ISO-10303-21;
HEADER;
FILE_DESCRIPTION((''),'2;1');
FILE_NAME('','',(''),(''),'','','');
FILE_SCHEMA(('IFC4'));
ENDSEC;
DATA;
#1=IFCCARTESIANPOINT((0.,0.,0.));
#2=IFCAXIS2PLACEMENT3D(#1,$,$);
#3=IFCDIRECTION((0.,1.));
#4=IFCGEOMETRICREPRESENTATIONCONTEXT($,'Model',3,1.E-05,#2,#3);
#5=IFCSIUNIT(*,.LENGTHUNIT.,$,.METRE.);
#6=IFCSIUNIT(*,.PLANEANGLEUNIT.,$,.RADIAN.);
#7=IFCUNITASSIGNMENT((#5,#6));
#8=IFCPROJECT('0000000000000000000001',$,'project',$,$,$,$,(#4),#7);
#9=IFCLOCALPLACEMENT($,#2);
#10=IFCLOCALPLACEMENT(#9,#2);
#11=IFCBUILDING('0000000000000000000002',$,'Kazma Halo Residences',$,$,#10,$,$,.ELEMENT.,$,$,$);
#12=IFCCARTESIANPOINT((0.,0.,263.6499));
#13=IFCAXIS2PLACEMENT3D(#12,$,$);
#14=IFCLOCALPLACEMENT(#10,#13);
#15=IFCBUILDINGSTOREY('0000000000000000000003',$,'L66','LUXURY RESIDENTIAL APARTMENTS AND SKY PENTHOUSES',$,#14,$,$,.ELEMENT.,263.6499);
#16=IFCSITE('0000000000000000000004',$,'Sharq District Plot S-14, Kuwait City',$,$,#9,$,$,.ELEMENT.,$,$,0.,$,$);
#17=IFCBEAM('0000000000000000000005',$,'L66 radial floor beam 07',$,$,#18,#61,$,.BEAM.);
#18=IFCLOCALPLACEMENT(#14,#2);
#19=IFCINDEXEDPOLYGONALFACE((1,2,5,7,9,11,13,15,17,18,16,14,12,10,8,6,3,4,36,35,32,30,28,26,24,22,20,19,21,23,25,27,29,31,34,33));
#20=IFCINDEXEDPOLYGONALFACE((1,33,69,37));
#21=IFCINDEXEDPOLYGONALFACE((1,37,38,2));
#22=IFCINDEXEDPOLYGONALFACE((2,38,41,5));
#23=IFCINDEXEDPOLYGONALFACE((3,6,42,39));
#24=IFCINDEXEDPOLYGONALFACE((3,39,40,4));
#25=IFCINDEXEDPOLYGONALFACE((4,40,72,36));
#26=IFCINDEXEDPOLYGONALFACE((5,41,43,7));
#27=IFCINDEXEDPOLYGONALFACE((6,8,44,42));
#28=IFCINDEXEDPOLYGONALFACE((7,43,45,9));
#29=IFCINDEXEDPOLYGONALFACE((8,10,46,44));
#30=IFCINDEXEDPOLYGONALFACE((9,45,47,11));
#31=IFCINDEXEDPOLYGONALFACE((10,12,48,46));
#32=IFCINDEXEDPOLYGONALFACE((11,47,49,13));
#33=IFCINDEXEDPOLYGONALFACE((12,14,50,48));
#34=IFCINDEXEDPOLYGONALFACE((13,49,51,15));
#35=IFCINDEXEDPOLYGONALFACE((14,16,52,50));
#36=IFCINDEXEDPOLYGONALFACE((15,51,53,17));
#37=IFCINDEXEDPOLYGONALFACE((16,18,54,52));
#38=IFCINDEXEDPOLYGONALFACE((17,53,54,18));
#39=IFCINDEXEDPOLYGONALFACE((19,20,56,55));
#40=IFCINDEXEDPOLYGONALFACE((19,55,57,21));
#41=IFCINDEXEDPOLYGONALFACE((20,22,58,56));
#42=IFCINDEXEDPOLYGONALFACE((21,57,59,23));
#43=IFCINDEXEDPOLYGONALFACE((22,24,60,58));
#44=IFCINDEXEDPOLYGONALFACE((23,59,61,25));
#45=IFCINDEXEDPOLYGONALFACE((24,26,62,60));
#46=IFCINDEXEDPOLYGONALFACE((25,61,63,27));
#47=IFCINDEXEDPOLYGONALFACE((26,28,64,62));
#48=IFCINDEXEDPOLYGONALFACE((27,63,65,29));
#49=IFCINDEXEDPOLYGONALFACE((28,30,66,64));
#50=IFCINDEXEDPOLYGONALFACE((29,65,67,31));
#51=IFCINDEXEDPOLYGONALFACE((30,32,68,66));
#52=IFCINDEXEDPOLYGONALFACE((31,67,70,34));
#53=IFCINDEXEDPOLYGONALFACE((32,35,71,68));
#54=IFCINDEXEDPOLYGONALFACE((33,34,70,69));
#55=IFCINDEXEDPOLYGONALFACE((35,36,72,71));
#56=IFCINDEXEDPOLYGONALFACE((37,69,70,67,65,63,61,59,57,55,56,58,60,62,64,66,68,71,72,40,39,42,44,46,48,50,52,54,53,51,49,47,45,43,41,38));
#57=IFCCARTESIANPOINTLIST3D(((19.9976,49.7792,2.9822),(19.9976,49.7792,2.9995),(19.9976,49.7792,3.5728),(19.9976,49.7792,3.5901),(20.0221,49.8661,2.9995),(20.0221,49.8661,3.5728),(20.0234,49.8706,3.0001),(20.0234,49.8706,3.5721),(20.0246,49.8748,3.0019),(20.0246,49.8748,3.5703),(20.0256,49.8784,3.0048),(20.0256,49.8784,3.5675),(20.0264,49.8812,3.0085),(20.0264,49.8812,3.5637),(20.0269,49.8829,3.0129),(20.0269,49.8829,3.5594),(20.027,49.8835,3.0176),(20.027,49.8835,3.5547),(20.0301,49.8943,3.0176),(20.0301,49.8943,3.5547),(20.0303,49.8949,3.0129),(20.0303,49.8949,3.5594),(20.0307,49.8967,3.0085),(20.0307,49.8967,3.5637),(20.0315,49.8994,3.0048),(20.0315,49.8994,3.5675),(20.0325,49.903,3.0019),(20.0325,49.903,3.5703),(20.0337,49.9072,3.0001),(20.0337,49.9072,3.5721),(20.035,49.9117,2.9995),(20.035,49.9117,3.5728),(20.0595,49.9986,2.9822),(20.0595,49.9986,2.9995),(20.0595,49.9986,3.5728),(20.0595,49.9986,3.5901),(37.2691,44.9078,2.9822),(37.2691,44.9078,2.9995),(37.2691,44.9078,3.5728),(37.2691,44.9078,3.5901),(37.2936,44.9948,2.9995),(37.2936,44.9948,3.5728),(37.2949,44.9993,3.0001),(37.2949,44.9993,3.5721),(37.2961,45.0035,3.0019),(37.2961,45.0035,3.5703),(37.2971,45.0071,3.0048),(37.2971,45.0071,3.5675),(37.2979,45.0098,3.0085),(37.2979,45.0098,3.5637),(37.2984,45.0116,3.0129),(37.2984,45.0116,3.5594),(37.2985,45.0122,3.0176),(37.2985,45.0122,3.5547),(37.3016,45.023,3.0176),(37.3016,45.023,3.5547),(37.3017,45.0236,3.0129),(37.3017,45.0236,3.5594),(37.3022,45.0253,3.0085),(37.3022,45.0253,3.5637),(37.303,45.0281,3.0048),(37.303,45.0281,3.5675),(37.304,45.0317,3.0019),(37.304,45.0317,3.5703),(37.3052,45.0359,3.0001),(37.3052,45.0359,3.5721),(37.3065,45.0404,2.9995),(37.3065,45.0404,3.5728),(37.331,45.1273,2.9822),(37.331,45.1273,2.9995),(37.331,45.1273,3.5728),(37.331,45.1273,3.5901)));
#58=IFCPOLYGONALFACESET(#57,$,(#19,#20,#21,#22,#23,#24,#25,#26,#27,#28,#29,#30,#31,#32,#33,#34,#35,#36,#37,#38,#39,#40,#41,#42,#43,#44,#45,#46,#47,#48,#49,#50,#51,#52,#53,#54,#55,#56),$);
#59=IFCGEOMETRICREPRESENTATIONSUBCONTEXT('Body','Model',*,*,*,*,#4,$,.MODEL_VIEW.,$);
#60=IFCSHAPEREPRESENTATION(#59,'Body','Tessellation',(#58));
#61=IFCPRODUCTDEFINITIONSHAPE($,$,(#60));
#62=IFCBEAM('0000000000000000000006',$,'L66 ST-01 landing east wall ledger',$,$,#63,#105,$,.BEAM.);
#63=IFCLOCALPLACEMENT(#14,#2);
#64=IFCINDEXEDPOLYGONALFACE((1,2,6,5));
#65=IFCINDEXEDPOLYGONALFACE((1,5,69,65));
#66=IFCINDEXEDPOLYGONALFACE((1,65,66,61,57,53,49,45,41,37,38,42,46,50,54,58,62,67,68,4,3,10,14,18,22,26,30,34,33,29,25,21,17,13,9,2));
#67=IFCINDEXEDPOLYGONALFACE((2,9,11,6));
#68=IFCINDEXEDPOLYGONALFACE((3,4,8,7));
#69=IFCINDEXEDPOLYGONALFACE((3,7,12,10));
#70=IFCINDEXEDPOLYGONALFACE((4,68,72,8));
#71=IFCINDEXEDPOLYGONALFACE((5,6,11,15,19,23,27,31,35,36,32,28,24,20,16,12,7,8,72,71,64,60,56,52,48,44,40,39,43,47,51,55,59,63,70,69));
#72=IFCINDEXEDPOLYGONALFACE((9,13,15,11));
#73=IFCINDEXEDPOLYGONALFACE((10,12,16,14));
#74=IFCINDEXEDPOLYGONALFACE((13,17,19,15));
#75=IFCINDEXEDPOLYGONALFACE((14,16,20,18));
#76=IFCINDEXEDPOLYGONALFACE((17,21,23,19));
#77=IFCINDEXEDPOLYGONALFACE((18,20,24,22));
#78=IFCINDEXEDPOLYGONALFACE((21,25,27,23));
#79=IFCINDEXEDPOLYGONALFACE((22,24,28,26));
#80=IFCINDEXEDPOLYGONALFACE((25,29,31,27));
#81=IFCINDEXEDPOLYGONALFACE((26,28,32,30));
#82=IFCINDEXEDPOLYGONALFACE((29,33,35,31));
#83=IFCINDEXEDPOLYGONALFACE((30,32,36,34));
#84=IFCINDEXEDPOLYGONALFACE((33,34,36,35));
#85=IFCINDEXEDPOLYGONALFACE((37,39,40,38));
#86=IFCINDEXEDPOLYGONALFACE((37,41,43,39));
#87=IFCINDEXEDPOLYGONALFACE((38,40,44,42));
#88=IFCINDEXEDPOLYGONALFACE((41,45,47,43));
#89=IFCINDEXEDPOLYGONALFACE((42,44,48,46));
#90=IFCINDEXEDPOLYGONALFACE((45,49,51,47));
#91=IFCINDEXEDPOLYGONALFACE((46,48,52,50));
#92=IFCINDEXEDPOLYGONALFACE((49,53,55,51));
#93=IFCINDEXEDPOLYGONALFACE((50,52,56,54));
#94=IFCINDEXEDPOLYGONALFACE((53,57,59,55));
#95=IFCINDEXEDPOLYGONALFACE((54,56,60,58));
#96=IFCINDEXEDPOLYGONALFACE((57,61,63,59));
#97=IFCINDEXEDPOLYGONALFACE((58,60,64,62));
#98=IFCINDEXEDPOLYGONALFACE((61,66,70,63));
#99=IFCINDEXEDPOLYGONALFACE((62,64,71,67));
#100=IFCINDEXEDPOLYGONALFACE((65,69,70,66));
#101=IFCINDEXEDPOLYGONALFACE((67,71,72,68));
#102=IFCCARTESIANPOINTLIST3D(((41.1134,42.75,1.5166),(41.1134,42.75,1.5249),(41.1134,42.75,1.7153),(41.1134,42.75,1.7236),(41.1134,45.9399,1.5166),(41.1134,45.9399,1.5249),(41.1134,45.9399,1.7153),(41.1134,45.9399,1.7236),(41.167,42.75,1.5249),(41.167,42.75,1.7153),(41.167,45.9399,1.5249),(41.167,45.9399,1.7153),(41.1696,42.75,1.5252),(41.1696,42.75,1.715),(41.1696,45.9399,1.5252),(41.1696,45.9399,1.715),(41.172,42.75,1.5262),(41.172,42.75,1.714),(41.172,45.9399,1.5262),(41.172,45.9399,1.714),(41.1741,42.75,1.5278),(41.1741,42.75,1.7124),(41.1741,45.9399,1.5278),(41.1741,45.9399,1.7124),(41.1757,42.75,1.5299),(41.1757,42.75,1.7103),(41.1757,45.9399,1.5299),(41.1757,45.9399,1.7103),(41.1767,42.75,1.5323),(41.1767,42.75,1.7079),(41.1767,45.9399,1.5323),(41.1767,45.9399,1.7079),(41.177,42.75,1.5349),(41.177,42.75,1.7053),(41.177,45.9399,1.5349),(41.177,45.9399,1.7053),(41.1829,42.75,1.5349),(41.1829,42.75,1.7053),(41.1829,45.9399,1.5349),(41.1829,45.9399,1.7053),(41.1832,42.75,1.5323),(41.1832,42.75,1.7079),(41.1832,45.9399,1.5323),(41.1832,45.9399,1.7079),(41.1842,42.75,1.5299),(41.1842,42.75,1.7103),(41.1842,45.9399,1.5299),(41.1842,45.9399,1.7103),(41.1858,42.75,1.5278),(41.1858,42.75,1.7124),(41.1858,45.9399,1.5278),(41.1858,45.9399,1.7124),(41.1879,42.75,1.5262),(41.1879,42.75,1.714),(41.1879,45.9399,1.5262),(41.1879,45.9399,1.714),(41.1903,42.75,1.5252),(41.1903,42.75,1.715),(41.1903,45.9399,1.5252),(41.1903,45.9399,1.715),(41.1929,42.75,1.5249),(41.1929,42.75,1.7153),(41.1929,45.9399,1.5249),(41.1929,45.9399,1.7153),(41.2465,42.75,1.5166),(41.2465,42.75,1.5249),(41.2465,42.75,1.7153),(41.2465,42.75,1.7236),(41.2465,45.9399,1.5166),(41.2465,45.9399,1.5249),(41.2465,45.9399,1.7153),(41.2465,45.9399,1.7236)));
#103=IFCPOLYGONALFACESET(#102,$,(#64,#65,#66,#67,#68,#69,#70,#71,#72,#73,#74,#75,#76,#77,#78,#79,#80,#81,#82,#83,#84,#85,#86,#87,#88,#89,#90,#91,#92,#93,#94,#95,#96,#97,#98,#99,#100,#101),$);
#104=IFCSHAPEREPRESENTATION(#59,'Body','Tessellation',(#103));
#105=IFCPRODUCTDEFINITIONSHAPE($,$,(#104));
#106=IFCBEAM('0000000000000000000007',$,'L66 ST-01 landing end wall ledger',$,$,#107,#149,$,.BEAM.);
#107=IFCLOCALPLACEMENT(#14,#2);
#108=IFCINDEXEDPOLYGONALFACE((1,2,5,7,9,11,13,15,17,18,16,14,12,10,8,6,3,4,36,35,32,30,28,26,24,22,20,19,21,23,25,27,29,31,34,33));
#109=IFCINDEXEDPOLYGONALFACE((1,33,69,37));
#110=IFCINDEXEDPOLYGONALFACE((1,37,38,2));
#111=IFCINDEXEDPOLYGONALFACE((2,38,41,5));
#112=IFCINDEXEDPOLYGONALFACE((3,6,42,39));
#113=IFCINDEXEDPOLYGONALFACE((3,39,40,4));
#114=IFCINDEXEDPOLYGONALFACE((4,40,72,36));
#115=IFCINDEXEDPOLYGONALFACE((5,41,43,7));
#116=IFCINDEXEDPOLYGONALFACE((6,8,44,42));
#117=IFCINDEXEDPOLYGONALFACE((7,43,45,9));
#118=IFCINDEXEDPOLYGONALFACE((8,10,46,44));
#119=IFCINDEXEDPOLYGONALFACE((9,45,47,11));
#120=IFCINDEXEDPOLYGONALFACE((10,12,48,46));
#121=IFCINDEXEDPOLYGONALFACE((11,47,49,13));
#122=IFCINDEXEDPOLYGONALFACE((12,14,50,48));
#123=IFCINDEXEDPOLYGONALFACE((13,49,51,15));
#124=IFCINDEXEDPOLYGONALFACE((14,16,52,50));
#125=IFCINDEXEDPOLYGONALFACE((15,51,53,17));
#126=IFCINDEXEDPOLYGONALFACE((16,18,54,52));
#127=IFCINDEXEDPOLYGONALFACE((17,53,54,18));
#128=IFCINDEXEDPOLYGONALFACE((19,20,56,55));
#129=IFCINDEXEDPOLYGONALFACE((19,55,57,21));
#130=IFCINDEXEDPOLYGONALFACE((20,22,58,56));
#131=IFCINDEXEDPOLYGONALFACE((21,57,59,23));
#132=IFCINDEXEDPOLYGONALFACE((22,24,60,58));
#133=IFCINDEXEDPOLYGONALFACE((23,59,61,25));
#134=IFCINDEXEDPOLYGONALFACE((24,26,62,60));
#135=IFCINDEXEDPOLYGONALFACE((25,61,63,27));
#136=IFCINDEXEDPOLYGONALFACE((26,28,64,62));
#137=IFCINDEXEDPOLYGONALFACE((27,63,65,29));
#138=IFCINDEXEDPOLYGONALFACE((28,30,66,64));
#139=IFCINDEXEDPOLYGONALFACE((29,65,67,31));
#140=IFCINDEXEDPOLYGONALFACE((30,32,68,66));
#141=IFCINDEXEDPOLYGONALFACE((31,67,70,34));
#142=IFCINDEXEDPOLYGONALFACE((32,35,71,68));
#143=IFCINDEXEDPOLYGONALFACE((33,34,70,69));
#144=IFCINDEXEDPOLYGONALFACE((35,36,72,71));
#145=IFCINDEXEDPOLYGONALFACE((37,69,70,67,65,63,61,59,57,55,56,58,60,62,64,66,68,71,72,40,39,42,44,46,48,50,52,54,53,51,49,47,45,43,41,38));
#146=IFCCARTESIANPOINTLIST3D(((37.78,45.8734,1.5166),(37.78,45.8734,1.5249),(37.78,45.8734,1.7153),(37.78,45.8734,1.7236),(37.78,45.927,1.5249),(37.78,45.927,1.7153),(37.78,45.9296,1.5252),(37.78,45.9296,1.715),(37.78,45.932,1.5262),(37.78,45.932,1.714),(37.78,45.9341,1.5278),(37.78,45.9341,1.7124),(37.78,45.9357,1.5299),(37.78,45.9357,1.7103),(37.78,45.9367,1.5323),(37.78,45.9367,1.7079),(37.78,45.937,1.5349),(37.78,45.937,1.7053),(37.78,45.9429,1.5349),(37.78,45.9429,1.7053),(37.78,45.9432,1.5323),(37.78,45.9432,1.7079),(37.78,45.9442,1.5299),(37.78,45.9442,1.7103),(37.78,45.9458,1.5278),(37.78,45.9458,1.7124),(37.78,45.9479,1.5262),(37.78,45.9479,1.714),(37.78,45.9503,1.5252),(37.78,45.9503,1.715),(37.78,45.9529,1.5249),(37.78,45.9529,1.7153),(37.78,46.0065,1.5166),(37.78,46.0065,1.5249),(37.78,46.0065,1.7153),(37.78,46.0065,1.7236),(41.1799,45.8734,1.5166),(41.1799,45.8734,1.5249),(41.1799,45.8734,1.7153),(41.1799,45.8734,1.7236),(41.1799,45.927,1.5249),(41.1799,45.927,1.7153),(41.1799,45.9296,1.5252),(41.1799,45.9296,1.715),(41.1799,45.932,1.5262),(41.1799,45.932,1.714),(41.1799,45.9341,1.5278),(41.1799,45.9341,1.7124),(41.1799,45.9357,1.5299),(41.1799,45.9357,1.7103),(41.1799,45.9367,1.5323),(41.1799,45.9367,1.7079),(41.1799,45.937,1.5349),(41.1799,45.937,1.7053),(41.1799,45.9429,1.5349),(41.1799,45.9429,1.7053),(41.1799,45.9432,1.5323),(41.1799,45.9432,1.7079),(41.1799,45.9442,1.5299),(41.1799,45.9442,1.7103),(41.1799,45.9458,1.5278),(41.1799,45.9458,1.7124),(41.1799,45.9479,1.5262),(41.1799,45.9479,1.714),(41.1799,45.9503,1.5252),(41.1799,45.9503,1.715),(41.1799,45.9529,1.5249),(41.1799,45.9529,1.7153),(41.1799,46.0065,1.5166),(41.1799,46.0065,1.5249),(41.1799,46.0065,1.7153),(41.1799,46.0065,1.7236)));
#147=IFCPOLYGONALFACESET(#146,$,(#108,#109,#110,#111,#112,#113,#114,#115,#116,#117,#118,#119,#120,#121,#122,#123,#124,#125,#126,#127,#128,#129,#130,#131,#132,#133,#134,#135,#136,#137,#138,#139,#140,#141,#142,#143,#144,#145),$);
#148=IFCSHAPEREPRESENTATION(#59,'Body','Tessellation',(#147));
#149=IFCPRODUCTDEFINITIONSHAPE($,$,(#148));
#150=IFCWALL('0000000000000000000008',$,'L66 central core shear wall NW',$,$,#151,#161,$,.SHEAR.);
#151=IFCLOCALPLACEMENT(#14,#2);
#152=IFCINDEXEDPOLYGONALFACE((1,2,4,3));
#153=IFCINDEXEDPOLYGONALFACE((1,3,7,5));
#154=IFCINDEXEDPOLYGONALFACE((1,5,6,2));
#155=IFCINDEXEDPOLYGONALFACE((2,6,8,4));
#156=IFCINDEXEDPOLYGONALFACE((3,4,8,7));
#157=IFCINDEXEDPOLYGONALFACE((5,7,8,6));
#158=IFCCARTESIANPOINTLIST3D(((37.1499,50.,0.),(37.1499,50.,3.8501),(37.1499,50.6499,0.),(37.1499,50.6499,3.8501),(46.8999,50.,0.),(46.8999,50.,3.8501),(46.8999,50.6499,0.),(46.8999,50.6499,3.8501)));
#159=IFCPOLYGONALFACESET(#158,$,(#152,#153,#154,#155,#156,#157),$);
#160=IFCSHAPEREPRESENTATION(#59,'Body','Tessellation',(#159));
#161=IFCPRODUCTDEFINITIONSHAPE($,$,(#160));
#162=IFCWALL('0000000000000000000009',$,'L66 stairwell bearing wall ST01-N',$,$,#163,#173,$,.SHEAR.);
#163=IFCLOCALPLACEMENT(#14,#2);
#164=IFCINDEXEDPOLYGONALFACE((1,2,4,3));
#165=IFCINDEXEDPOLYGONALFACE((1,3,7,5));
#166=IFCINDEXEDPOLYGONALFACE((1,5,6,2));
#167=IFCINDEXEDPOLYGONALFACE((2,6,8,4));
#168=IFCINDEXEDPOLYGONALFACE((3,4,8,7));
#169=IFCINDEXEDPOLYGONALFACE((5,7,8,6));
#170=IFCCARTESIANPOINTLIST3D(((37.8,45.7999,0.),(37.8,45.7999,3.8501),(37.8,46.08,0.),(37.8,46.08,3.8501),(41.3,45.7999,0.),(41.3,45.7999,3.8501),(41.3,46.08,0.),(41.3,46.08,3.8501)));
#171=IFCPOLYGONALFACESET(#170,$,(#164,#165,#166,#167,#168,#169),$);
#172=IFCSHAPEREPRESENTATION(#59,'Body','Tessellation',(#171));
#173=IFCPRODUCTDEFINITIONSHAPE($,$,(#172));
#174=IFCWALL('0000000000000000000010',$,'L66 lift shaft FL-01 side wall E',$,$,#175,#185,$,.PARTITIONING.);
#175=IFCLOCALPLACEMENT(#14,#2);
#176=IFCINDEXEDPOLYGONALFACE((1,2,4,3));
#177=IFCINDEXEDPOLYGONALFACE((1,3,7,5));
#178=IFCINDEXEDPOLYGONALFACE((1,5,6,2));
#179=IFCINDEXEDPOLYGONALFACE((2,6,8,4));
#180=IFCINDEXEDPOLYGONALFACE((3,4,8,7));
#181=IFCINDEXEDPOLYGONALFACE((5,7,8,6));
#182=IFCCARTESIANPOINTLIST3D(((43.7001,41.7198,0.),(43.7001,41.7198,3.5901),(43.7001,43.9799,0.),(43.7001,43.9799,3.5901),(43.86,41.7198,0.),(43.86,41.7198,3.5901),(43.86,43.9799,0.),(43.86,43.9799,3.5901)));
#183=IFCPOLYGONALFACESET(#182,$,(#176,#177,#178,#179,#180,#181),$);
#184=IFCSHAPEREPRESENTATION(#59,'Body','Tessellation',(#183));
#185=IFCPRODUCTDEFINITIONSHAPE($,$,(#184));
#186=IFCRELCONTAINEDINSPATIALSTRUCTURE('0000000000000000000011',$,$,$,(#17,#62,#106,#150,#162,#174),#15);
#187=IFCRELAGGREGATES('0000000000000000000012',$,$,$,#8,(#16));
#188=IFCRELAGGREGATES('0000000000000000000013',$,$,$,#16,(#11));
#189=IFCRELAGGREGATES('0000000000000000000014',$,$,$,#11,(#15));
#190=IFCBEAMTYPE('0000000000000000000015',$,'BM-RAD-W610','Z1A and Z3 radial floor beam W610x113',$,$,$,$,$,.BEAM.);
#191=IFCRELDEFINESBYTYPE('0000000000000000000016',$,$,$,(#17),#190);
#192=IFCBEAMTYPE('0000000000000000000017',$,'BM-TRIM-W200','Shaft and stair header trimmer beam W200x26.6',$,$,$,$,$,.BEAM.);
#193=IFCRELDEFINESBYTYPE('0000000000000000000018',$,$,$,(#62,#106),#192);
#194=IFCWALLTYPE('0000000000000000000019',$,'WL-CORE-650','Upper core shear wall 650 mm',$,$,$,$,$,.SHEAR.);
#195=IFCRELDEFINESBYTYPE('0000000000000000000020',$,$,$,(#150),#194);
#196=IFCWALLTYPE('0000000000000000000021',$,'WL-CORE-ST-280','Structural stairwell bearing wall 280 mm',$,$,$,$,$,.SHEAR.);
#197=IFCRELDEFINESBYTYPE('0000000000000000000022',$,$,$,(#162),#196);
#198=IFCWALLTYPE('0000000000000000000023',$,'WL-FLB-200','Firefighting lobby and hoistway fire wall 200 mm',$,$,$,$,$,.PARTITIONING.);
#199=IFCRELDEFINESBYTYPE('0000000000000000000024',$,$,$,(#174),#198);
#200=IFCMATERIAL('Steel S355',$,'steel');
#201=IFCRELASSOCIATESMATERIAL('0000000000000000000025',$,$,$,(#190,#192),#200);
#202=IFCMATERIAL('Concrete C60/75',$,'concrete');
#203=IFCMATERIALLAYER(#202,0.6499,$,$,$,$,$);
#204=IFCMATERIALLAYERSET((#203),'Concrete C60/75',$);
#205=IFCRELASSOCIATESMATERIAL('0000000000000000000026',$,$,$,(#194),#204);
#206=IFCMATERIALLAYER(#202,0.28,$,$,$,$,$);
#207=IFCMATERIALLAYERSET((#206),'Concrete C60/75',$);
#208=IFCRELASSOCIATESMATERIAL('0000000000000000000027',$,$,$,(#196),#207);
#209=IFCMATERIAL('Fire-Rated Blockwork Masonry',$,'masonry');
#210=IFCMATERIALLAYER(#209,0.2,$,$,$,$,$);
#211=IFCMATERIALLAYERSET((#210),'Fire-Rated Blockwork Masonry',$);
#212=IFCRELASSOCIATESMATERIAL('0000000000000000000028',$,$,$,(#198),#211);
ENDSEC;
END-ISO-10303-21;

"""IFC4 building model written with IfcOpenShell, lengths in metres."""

from ifc_helpers import new_model, si_unit, direction, frame, frame_2d, origin, origin_2d, place, context, subcontext, project, spatial, rectangle, i_section, extrude, material, layer, layer_set, material_profile, profile_set, type_object, element, save


model = new_model("IFC4")

# Units and contexts
model_context = context("Model", 3, precision=1e-05, world=origin(), true_north=direction((0.0, 1.0)))
body_context = subcontext(model_context, "Body", "Model", "MODEL_VIEW")
ifc_project = project(units=[si_unit("LENGTHUNIT", "METRE"), si_unit("PLANEANGLEUNIT", "RADIAN")], contexts=[model_context])

# Site, building, storey
site_placement = place(None, origin())
site = spatial("IfcSite", under=ifc_project, at=site_placement, Name="Sharq District Plot S-14, Kuwait City", CompositionType="ELEMENT", RefElevation=0.0)
building_placement = place(site_placement, origin())
building = spatial("IfcBuilding", under=site, at=building_placement, Name="Kazma Halo Residences", CompositionType="ELEMENT")
storey_placement = place(building_placement, frame((0.0, 0.0, 263.6499)))
storey = spatial("IfcBuildingStorey", under=building, at=storey_placement, Name="L66", Description="LUXURY RESIDENTIAL APARTMENTS AND SKY PENTHOUSES", CompositionType="ELEMENT", Elevation=263.6499)

# Shared definitions
ifc_material_1 = material(Name="Steel S355", Category="steel")

# Beams
ifc_material_profile_1 = material_profile(ifc_material_1, i_section(OverallWidth=0.228, OverallDepth=0.6079, WebThickness=0.0112, FlangeThickness=0.0173, FilletRadius=0.0181, at=origin_2d()), Name="W610x113")
ifc_profile_set_1 = profile_set([ifc_material_profile_1], Name="Steel S355")
beam_type_1 = type_object("IfcBeamType", Name="BM-RAD-W610", Description="Z1A and Z3 radial floor beam W610x113", PredefinedType="BEAM", material=ifc_profile_set_1)
beam_1_placement = place(storey_placement, frame((37.3, 45.0176, 3.2861), z_axis=(-0.962451, 0.271455, 0.0), x_axis=(-0.271455, -0.962451, 0.0)))
element("IfcBeam", 1, at=beam_1_placement, inside=storey, type_object=beam_type_1, Name="L66 radial floor beam 07", PredefinedType="BEAM", context=body_context, shape_type="SweptSolid", body=[
    extrude(i_section(OverallWidth=0.228, OverallDepth=0.6079, WebThickness=0.0112, FlangeThickness=0.0173, FilletRadius=0.0181, at=origin_2d()), origin(), (0.0, 0.0, 1.0), 17.9453),
])
ifc_material_profile_2 = material_profile(ifc_material_1, i_section(OverallWidth=0.1331, OverallDepth=0.207, WebThickness=0.0059, FlangeThickness=0.0083, FilletRadius=0.01, at=origin_2d()), Name="W200x26.6")
ifc_profile_set_2 = profile_set([ifc_material_profile_2], Name="Steel S355")
beam_type_2 = type_object("IfcBeamType", Name="BM-TRIM-W200", Description="Shaft and stair header trimmer beam W200x26.6", PredefinedType="BEAM", material=ifc_profile_set_2)
beam_2_placement = place(storey_placement, frame((41.1799, 42.75, 1.6201), z_axis=(0.0, 1.0, 0.0), x_axis=(-1.0, 0.0, 0.0)))
element("IfcBeam", 2, at=beam_2_placement, inside=storey, type_object=beam_type_2, Name="L66 ST-01 landing east wall ledger", PredefinedType="BEAM", context=body_context, shape_type="SweptSolid", body=[
    extrude(i_section(OverallWidth=0.1331, OverallDepth=0.207, WebThickness=0.0059, FlangeThickness=0.0083, FilletRadius=0.01, at=origin_2d()), origin(), (0.0, 0.0, 1.0), 3.1899),
])
beam_3_placement = place(storey_placement, frame((37.78, 45.9399, 1.6201), z_axis=(1.0, 0.0, 0.0), x_axis=(0.0, 1.0, 0.0)))
element("IfcBeam", 3, at=beam_3_placement, inside=storey, type_object=beam_type_2, Name="L66 ST-01 landing end wall ledger", PredefinedType="BEAM", context=body_context, shape_type="SweptSolid", body=[
    extrude(i_section(OverallWidth=0.1331, OverallDepth=0.207, WebThickness=0.0059, FlangeThickness=0.0083, FilletRadius=0.01, at=origin_2d()), origin(), (0.0, 0.0, 1.0), 3.3999),
])

# Walls
ifc_material_2 = material(Name="Concrete C60/75", Category="concrete")
ifc_layer_1 = layer(ifc_material_2, 0.6499)
ifc_layer_set_1 = layer_set([ifc_layer_1], Name="Concrete C60/75")
wall_type_1 = type_object("IfcWallType", Name="WL-CORE-650", Description="Upper core shear wall 650 mm", PredefinedType="SHEAR", material=ifc_layer_set_1)
wall_1_placement = place(storey_placement, frame((37.1499, 50.325, 0.0), z_axis=(0.0, 0.0, 1.0), x_axis=(1.0, 0.0, 0.0)))
element("IfcWall", 4, at=wall_1_placement, inside=storey, type_object=wall_type_1, Name="L66 central core shear wall NW", PredefinedType="SHEAR", context=body_context, shape_type="SweptSolid", body=[
    extrude(rectangle(XDim=9.75, YDim=0.6499, at=frame_2d((4.875, 0.0))), origin(), (0.0, 0.0, 1.0), 3.8501),
])
ifc_layer_2 = layer(ifc_material_2, 0.28)
ifc_layer_set_2 = layer_set([ifc_layer_2], Name="Concrete C60/75")
wall_type_2 = type_object("IfcWallType", Name="WL-CORE-ST-280", Description="Structural stairwell bearing wall 280 mm", PredefinedType="SHEAR", material=ifc_layer_set_2)
wall_2_placement = place(storey_placement, frame((37.8, 45.9399, 0.0), z_axis=(0.0, 0.0, 1.0), x_axis=(1.0, 0.0, 0.0)))
element("IfcWall", 5, at=wall_2_placement, inside=storey, type_object=wall_type_2, Name="L66 stairwell bearing wall ST01-N", PredefinedType="SHEAR", context=body_context, shape_type="SweptSolid", body=[
    extrude(rectangle(XDim=3.5, YDim=0.28, at=frame_2d((1.75, 0.0))), origin(), (0.0, 0.0, 1.0), 3.8501),
])
ifc_material_3 = material(Name="Fire-Rated Blockwork Masonry", Category="masonry")
ifc_layer_3 = layer(ifc_material_3, 0.2)
ifc_layer_set_3 = layer_set([ifc_layer_3], Name="Fire-Rated Blockwork Masonry")
wall_type_3 = type_object("IfcWallType", Name="WL-FLB-200", Description="Firefighting lobby and hoistway fire wall 200 mm", PredefinedType="PARTITIONING", material=ifc_layer_set_3)
for number, where, z_axis, x_axis, name in (
    (6, (43.78, 41.72, 0.0), (0.0, 0.0, 1.0), (0.0, 1.0, 0.0), "L66 lift shaft FL-01 side wall E"),
):
    element("IfcWall", number, at=place(storey_placement, frame(where, z_axis=z_axis, x_axis=x_axis)), inside=storey, type_object=wall_type_3, Name=name, PredefinedType="PARTITIONING", context=body_context, shape_type="SweptSolid", body=[
        extrude(rectangle(XDim=2.26, YDim=0.1599, at=frame_2d((1.1299, 0.0))), origin(), (0.0, 0.0, 1.0), 3.5901),
    ])

save(model, "model.ifc")
